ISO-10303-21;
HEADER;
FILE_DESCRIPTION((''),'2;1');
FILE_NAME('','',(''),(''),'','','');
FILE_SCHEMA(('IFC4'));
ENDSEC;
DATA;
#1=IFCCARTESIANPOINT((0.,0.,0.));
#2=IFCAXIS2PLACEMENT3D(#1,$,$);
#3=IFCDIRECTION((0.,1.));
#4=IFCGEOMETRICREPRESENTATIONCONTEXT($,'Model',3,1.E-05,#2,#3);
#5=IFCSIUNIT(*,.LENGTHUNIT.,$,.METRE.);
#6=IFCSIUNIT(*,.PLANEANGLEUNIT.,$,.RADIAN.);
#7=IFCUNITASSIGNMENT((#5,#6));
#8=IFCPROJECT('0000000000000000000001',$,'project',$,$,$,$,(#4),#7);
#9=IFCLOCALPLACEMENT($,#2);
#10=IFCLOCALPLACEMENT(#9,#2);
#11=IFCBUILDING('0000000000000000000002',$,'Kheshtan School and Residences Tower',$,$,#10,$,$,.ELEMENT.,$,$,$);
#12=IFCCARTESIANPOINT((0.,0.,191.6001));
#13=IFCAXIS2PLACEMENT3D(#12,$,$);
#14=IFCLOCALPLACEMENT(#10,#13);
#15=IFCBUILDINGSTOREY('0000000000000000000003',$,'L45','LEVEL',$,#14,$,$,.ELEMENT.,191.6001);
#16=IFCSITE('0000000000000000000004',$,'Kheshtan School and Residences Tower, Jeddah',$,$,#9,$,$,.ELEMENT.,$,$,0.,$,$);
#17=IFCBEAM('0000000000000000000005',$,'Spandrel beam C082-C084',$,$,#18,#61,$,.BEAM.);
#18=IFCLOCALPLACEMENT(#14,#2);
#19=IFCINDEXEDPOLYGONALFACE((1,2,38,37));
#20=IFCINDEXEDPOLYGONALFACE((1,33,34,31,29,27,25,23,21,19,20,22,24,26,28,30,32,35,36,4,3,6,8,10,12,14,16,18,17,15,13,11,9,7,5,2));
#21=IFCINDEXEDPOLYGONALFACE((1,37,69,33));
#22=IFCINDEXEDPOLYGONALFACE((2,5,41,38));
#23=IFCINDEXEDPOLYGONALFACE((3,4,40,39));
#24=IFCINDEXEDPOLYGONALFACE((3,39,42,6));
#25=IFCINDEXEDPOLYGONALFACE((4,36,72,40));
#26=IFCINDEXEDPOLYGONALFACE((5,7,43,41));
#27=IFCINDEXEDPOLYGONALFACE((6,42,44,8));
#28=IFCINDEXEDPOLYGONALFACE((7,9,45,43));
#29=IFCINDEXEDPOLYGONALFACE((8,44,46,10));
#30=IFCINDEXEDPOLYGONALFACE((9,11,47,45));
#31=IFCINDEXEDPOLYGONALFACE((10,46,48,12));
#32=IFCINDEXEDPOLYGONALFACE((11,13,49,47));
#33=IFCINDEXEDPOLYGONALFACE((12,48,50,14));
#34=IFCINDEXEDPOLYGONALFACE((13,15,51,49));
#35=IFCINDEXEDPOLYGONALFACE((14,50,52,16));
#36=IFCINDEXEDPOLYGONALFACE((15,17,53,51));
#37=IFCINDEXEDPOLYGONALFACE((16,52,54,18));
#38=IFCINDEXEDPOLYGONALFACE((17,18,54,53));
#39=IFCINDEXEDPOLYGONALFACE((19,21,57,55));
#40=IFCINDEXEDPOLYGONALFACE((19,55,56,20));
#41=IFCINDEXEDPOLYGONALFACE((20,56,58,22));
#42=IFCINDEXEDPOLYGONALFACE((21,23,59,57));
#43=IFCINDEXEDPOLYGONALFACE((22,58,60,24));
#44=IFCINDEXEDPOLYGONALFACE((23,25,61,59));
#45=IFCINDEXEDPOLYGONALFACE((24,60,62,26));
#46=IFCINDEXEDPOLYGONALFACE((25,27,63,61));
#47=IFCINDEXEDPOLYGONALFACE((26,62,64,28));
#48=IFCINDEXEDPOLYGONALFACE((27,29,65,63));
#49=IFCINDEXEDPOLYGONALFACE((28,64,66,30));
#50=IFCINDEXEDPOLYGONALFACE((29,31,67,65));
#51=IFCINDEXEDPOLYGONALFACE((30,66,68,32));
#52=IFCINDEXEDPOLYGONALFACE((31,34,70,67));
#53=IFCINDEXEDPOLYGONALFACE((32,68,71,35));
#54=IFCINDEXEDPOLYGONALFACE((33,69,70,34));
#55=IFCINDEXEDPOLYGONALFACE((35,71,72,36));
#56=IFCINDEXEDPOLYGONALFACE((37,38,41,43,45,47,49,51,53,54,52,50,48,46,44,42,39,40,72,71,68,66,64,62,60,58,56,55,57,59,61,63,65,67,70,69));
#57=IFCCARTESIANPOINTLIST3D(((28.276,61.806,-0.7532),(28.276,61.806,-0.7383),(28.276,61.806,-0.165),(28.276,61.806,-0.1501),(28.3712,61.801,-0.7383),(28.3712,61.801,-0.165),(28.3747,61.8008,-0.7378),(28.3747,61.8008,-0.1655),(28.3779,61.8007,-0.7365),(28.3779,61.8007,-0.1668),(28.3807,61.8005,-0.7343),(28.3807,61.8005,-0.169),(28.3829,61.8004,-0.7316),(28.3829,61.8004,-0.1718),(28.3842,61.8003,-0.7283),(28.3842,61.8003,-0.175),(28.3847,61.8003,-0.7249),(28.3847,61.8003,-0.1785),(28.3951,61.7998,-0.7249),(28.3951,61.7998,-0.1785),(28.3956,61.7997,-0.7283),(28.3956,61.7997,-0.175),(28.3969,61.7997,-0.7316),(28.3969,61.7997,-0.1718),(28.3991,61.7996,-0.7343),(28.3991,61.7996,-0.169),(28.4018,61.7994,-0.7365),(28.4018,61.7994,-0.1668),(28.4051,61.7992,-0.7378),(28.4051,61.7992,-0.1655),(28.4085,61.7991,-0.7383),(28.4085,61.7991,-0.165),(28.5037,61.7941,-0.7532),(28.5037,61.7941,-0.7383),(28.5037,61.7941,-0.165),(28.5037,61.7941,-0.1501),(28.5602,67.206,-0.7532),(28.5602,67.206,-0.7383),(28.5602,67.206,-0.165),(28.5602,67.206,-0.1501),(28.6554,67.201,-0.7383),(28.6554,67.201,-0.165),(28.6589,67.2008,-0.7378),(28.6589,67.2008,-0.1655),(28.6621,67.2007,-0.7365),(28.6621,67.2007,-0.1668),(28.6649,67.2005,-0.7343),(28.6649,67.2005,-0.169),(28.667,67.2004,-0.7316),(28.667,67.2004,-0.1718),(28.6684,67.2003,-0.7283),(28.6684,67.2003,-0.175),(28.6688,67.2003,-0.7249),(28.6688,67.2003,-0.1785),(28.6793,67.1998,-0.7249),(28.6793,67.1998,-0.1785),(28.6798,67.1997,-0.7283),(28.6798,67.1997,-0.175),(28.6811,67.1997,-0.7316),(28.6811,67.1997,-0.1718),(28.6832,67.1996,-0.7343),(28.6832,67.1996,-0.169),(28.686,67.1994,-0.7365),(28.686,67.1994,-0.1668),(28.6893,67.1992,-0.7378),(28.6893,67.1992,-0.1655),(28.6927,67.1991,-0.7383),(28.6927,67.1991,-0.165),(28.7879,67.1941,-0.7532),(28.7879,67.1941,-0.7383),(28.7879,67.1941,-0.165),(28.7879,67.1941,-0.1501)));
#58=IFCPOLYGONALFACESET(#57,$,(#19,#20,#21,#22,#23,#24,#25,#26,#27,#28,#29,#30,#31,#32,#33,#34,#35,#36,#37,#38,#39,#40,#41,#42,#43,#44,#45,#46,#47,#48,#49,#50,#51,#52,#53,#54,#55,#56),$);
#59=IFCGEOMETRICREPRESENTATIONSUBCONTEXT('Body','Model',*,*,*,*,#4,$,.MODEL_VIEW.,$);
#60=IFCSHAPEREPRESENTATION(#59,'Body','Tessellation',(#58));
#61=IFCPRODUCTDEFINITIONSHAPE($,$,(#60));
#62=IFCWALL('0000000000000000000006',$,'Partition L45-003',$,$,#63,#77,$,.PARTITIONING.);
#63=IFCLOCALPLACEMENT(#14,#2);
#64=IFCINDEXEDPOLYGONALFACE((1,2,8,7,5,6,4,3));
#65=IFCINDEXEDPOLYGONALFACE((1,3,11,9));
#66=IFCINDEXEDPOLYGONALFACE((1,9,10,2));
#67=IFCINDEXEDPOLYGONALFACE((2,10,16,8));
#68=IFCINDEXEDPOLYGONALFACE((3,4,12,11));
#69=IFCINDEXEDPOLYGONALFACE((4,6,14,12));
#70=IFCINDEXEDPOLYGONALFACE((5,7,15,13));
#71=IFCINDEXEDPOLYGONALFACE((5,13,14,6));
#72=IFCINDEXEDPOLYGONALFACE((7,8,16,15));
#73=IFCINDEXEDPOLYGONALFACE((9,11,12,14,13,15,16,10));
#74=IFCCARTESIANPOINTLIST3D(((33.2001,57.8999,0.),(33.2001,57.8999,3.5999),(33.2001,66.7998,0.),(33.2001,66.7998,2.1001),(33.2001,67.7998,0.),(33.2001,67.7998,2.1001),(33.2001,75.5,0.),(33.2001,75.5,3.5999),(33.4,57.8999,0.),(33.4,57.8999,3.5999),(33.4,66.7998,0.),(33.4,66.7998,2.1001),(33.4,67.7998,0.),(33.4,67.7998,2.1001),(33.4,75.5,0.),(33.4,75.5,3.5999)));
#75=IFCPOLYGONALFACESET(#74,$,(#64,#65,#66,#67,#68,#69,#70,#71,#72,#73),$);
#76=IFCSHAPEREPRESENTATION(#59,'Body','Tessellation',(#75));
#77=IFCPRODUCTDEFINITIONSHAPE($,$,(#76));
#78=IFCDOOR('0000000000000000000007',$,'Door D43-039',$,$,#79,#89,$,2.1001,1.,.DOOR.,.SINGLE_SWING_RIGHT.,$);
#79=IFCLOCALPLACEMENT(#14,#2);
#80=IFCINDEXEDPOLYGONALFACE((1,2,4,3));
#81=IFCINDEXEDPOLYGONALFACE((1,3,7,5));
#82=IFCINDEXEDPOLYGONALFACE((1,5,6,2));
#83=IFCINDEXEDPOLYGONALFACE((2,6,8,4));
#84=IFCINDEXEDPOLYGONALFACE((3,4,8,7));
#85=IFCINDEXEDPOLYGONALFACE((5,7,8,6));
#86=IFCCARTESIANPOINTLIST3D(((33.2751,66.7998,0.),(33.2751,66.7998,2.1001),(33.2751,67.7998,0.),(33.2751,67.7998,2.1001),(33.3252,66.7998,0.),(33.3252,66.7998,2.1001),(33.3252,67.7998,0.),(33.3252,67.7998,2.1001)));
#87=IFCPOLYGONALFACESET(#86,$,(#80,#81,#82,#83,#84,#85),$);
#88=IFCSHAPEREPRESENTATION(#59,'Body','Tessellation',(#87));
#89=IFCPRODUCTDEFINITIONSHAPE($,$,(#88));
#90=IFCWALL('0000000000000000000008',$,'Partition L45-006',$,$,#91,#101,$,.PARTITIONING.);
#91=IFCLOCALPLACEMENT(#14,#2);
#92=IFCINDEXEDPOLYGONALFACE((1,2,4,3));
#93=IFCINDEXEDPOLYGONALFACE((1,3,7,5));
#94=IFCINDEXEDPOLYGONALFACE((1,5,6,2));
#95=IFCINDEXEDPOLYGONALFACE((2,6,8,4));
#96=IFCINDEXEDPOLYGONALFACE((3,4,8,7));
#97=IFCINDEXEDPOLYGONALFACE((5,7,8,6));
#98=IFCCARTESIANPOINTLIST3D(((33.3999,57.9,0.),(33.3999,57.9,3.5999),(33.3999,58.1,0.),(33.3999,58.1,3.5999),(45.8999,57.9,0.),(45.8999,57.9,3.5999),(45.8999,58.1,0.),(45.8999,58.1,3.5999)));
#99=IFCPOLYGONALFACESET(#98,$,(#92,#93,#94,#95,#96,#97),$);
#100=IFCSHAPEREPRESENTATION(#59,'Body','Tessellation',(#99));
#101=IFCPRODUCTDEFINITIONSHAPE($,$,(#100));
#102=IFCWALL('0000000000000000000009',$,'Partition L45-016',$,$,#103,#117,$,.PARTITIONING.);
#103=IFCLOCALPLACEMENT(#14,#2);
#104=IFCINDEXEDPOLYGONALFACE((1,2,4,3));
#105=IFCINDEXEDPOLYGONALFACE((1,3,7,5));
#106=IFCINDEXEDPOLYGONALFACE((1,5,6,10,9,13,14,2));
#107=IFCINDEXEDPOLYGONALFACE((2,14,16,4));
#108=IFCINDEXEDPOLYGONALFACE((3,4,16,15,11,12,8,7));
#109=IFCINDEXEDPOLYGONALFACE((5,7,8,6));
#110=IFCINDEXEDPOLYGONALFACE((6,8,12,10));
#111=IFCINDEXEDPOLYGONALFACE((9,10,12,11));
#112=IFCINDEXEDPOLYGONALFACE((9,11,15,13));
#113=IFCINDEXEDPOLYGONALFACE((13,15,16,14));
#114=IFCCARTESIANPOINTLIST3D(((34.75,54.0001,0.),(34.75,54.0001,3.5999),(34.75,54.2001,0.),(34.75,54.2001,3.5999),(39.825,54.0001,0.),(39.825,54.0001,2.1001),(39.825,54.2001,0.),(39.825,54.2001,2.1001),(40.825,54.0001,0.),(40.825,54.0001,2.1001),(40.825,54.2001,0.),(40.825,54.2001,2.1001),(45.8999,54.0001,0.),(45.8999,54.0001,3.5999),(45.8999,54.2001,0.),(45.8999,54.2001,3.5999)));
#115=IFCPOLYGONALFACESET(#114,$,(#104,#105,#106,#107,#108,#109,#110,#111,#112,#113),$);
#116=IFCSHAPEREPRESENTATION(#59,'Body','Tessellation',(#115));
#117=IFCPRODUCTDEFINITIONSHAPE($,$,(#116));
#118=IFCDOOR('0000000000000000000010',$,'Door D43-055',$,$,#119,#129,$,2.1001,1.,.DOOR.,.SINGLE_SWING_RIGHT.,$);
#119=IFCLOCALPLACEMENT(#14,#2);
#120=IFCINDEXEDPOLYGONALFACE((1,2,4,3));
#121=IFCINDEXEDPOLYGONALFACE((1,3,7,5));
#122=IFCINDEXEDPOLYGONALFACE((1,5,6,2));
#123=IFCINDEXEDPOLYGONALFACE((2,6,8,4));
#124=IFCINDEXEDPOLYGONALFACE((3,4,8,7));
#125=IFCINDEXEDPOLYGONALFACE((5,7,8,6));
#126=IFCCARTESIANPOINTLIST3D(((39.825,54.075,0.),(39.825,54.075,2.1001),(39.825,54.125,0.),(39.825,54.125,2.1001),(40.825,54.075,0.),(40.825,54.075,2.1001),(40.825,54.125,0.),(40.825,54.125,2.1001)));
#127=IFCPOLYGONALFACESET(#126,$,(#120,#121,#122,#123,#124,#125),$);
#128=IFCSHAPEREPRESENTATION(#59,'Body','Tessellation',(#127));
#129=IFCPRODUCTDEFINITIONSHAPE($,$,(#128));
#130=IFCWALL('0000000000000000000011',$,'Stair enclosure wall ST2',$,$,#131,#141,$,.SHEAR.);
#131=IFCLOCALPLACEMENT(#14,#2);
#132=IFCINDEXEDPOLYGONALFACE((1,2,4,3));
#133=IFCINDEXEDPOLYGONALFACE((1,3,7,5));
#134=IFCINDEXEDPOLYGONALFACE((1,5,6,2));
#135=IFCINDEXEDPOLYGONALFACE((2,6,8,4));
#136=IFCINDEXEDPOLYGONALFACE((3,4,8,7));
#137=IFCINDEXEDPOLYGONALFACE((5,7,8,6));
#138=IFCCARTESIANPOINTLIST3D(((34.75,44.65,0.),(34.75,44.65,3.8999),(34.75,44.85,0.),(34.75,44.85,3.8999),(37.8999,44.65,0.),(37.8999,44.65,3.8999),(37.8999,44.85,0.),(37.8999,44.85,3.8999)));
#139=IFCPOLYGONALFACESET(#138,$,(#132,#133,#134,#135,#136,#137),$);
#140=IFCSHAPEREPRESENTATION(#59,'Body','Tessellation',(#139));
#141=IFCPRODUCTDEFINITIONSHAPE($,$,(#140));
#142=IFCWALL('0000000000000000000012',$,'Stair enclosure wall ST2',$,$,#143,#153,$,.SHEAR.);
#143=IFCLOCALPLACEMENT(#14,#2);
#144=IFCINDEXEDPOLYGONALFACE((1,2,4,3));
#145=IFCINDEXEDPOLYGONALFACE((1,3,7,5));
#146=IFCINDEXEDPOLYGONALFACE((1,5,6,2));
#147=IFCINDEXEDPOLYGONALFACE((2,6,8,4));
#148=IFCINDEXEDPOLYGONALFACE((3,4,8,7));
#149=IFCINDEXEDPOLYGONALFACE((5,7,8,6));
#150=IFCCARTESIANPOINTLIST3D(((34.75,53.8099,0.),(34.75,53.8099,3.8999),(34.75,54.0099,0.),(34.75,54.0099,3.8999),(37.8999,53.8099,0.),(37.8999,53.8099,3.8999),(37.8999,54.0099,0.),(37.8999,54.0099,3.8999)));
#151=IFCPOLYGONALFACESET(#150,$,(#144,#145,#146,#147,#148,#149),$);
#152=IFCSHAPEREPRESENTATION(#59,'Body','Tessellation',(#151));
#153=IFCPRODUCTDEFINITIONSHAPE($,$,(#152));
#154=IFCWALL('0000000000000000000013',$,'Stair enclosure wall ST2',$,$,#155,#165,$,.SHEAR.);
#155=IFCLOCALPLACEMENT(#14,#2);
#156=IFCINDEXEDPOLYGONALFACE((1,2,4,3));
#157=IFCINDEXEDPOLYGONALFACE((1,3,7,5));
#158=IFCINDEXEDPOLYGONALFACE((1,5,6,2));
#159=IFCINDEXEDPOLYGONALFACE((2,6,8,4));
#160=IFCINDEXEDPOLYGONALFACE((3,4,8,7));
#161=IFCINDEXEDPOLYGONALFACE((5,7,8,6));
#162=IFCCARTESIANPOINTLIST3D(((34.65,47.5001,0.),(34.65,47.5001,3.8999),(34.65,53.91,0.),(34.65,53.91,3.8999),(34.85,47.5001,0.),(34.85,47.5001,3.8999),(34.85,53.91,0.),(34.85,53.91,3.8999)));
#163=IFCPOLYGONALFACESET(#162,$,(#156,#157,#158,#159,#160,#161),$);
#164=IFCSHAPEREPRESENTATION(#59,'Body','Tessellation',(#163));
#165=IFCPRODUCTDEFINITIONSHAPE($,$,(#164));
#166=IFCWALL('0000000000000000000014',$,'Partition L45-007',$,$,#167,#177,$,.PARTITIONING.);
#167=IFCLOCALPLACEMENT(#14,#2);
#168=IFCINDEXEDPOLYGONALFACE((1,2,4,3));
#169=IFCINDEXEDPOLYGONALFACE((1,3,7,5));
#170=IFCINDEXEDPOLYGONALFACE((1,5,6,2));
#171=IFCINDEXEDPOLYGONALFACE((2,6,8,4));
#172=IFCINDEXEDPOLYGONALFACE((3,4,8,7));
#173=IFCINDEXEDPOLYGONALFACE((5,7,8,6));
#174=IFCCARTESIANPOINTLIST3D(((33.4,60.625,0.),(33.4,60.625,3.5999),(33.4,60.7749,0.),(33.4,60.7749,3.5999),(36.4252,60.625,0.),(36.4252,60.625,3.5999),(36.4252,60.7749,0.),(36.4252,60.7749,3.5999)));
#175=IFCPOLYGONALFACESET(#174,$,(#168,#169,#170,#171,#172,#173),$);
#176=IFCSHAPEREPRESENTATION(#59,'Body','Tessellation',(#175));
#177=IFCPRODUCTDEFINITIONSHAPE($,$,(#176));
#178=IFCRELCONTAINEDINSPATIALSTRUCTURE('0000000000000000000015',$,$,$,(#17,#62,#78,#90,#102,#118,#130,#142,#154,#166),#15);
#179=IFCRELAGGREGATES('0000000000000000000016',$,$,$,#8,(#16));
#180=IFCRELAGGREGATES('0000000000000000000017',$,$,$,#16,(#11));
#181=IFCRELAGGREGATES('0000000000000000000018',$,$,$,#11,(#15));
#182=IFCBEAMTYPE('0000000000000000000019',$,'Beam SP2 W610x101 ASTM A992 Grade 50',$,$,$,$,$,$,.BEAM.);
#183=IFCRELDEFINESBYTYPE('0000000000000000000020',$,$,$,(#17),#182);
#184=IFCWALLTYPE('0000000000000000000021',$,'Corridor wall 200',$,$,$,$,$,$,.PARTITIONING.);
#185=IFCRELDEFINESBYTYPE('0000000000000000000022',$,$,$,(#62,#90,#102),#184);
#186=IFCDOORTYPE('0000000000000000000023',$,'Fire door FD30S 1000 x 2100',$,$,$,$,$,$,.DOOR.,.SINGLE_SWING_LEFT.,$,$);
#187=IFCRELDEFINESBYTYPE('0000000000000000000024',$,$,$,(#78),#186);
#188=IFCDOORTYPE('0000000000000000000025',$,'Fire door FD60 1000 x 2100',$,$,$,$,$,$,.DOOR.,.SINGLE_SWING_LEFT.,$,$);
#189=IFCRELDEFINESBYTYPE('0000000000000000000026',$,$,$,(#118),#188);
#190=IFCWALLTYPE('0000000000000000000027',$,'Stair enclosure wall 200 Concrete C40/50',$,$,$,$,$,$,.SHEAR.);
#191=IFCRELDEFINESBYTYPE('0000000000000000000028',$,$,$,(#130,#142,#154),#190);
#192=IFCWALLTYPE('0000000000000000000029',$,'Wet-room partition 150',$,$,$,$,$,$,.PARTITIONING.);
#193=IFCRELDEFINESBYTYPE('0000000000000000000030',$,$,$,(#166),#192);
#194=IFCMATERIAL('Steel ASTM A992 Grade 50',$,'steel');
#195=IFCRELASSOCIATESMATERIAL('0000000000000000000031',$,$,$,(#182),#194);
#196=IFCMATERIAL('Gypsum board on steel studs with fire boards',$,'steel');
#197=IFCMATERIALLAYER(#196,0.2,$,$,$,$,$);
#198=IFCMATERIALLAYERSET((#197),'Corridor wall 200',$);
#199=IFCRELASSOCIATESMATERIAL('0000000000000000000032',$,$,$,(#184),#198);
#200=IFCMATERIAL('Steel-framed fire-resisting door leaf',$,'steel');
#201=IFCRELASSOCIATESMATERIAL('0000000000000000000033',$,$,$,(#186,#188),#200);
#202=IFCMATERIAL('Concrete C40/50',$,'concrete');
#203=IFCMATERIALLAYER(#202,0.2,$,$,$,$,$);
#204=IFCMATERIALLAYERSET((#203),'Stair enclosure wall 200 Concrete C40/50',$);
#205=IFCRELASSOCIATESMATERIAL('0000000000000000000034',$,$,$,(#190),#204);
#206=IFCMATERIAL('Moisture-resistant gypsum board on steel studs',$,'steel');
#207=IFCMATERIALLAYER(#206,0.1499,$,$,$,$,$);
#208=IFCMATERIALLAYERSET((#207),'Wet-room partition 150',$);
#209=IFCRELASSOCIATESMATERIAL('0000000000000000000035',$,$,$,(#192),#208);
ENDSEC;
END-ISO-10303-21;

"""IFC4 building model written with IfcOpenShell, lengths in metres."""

from ifc_helpers import new_model, si_unit, direction, frame, frame_2d, origin, origin_2d, place, context, subcontext, project, spatial, rectangle, i_section, extrude, source, transform, mapped, material, layer, layer_set, material_profile, profile_set, type_object, element, fill, save


model = new_model("IFC4")

# Units and contexts
model_context = context("Model", 3, precision=1e-05, world=origin(), true_north=direction((0.0, 1.0)))
body_context = subcontext(model_context, "Body", "Model", "MODEL_VIEW")
ifc_project = project(units=[si_unit("LENGTHUNIT", "METRE"), si_unit("PLANEANGLEUNIT", "RADIAN")], contexts=[model_context])

# Site, building, storey
site_placement = place(None, origin())
site = spatial("IfcSite", under=ifc_project, at=site_placement, Name="Kheshtan School and Residences Tower, Jeddah", CompositionType="ELEMENT", RefElevation=0.0)
building_placement = place(site_placement, origin())
building = spatial("IfcBuilding", under=site, at=building_placement, Name="Kheshtan School and Residences Tower", CompositionType="ELEMENT")
storey_placement = place(building_placement, frame((0.0, 0.0, 191.6001)))
storey = spatial("IfcBuildingStorey", under=building, at=storey_placement, Name="L45", Description="LEVEL", CompositionType="ELEMENT", Elevation=191.6001)

# Shared definitions
ifc_material_1 = material(Name="Steel ASTM A992 Grade 50", Category="steel")

# Beam
ifc_material_profile_1 = material_profile(ifc_material_1, i_section(OverallWidth=0.228, OverallDepth=0.603, WebThickness=0.0105, FlangeThickness=0.0149, FilletRadius=0.0134, at=origin_2d()), Name="W610x101")
ifc_profile_set_1 = profile_set([ifc_material_profile_1], Name="Steel ASTM A992 Grade 50")
beam_type_1 = type_object("IfcBeamType", Name="Beam SP2 W610x101 ASTM A992 Grade 50", PredefinedType="BEAM", material=ifc_profile_set_1)
beam_1_placement = place(storey_placement, frame((28.3899, 61.8, -0.4517), z_axis=(0.052554, 0.998618, 0.0), x_axis=(-0.998618, 0.052554, 0.0)))
element("IfcBeam", 1, at=beam_1_placement, inside=storey, type_object=beam_type_1, Name="Spandrel beam C082-C084", PredefinedType="BEAM", context=body_context, shape_type="SweptSolid", body=[
    extrude(i_section(OverallWidth=0.228, OverallDepth=0.603, WebThickness=0.0105, FlangeThickness=0.0149, FilletRadius=0.0134, at=origin_2d()), origin(), (0.0, 0.0, 1.0), 5.4075),
])

# Wall, opening, door
ifc_material_2 = material(Name="Gypsum board on steel studs with fire boards", Category="steel")
ifc_layer_1 = layer(ifc_material_2, 0.2)
ifc_layer_set_1 = layer_set([ifc_layer_1], Name="Corridor wall 200")
wall_type_1 = type_object("IfcWallType", Name="Corridor wall 200", PredefinedType="PARTITIONING", material=ifc_layer_set_1)
wall_1_placement = place(storey_placement, frame((33.3, 57.8999, 0.0), z_axis=(0.0, 0.0, 1.0), x_axis=(0.0, 1.0, 0.0)))
wall_1 = element("IfcWall", 2, at=wall_1_placement, inside=storey, type_object=wall_type_1, Name="Partition L45-003", PredefinedType="PARTITIONING", context=body_context, shape_type="SweptSolid", body=[
    extrude(rectangle(XDim=17.6001, YDim=0.2, at=frame_2d((8.8, 0.0))), origin(), (0.0, 0.0, 1.0), 3.5999),
])
opening_1_placement = place(wall_1_placement, frame((8.8999, 0.0, 0.0)))
opening_1 = element("IfcOpeningElement", 3, at=opening_1_placement, cuts=wall_1, PredefinedType="OPENING", context=body_context, shape_type="SweptSolid", body=[
    extrude(rectangle(XDim=1.0, YDim=2.1001, at=frame_2d((0.5, 1.05))), frame((0.0, 0.1099, 0.0), z_axis=(0.0, -1.0, 0.0), x_axis=(1.0, 0.0, 0.0)), (0.0, 0.0, 1.0), 0.22),
])
ifc_material_3 = material(Name="Steel-framed fire-resisting door leaf", Category="steel")
door_type_1 = type_object("IfcDoorType", Name="Fire door FD30S 1000 x 2100", OperationType="SINGLE_SWING_LEFT", PredefinedType="DOOR", material=ifc_material_3)
shared_shape_1 = source(origin(), body_context, "Body", "SweptSolid", [
    extrude(rectangle(XDim=1.0, YDim=2.1001, at=frame_2d((0.5, 1.05))), frame((0.0, 0.0249, 0.0), z_axis=(0.0, -1.0, 0.0), x_axis=(1.0, 0.0, 0.0)), (0.0, 0.0, 1.0), 0.05),
])
door_1_placement = place(opening_1_placement, origin())
door_1 = element("IfcDoor", 4, at=door_1_placement, inside=storey, type_object=door_type_1, Name="Door D43-039", OperationType="SINGLE_SWING_RIGHT", OverallHeight=2.1001, OverallWidth=1.0, PredefinedType="DOOR", context=body_context, shape_type="MappedRepresentation", body=[
    mapped(shared_shape_1, transform((0.0, 0.0, 0.0), x_axis=(1.0, 0.0, 0.0), y_axis=(0.0, 1.0, 0.0), z_axis=(0.0, 0.0, 1.0), scale=1.0)),
])
fill(opening_1, door_1)

# Wall
wall_2_placement = place(storey_placement, frame((33.3999, 58.0, 0.0), z_axis=(0.0, 0.0, 1.0), x_axis=(1.0, 0.0, 0.0)))
element("IfcWall", 5, at=wall_2_placement, inside=storey, type_object=wall_type_1, Name="Partition L45-006", PredefinedType="PARTITIONING", context=body_context, shape_type="SweptSolid", body=[
    extrude(rectangle(XDim=12.5, YDim=0.2, at=frame_2d((6.25, 0.0))), origin(), (0.0, 0.0, 1.0), 3.5999),
])

# Wall, opening, door
wall_3_placement = place(storey_placement, frame((34.75, 54.1001, 0.0), z_axis=(0.0, 0.0, 1.0), x_axis=(1.0, 0.0, 0.0)))
wall_3 = element("IfcWall", 6, at=wall_3_placement, inside=storey, type_object=wall_type_1, Name="Partition L45-016", PredefinedType="PARTITIONING", context=body_context, shape_type="SweptSolid", body=[
    extrude(rectangle(XDim=11.1499, YDim=0.2, at=frame_2d((5.575, 0.0))), origin(), (0.0, 0.0, 1.0), 3.5999),
])
opening_2_placement = place(wall_3_placement, frame((5.075, 0.0, 0.0)))
opening_2 = element("IfcOpeningElement", 7, at=opening_2_placement, cuts=wall_3, PredefinedType="OPENING", context=body_context, shape_type="SweptSolid", body=[
    extrude(rectangle(XDim=1.0, YDim=2.1001, at=frame_2d((0.5, 1.05))), frame((0.0, 0.1099, 0.0), z_axis=(0.0, -1.0, 0.0), x_axis=(1.0, 0.0, 0.0)), (0.0, 0.0, 1.0), 0.22),
])
door_type_2 = type_object("IfcDoorType", Name="Fire door FD60 1000 x 2100", OperationType="SINGLE_SWING_LEFT", PredefinedType="DOOR", material=ifc_material_3)
shared_shape_2 = source(origin(), body_context, "Body", "SweptSolid", [
    extrude(rectangle(XDim=1.0, YDim=2.1001, at=frame_2d((0.5, 1.05))), frame((0.0, 0.0249, 0.0), z_axis=(0.0, -1.0, 0.0), x_axis=(1.0, 0.0, 0.0)), (0.0, 0.0, 1.0), 0.05),
])
door_2_placement = place(opening_2_placement, origin())
door_2 = element("IfcDoor", 8, at=door_2_placement, inside=storey, type_object=door_type_2, Name="Door D43-055", OperationType="SINGLE_SWING_RIGHT", OverallHeight=2.1001, OverallWidth=1.0, PredefinedType="DOOR", context=body_context, shape_type="MappedRepresentation", body=[
    mapped(shared_shape_2, transform((0.0, 0.0, 0.0), x_axis=(1.0, 0.0, 0.0), y_axis=(0.0, 1.0, 0.0), z_axis=(0.0, 0.0, 1.0), scale=1.0)),
])
fill(opening_2, door_2)

# Walls
ifc_material_4 = material(Name="Concrete C40/50", Category="concrete")
ifc_layer_2 = layer(ifc_material_4, 0.2)
ifc_layer_set_2 = layer_set([ifc_layer_2], Name="Stair enclosure wall 200 Concrete C40/50")
wall_type_2 = type_object("IfcWallType", Name="Stair enclosure wall 200 Concrete C40/50", PredefinedType="SHEAR", material=ifc_layer_set_2)
for number, where, z_axis, x_axis, name in (
    (9, (34.75, 44.75, 0.0), (0.0, 0.0, 1.0), (1.0, 0.0, 0.0), "Stair enclosure wall ST2"),
    (10, (34.75, 53.9099, 0.0), (0.0, 0.0, 1.0), (1.0, 0.0, 0.0), "Stair enclosure wall ST2"),
):
    element("IfcWall", number, at=place(storey_placement, frame(where, z_axis=z_axis, x_axis=x_axis)), inside=storey, type_object=wall_type_2, Name=name, PredefinedType="SHEAR", context=body_context, shape_type="SweptSolid", body=[
        extrude(rectangle(XDim=3.1499, YDim=0.2, at=frame_2d((1.575, 0.0))), origin(), (0.0, 0.0, 1.0), 3.8999),
    ])
wall_4_placement = place(storey_placement, frame((34.75, 47.5, 0.0), z_axis=(0.0, 0.0, 1.0), x_axis=(0.0, 1.0, 0.0)))
element("IfcWall", 11, at=wall_4_placement, inside=storey, type_object=wall_type_2, Name="Stair enclosure wall ST2", PredefinedType="SHEAR", context=body_context, shape_type="SweptSolid", body=[
    extrude(rectangle(XDim=6.4099, YDim=0.2, at=frame_2d((3.2051, 0.0))), origin(), (0.0, 0.0, 1.0), 3.8999),
])
ifc_material_5 = material(Name="Moisture-resistant gypsum board on steel studs", Category="steel")
ifc_layer_3 = layer(ifc_material_5, 0.1499)
ifc_layer_set_3 = layer_set([ifc_layer_3], Name="Wet-room partition 150")
wall_type_3 = type_object("IfcWallType", Name="Wet-room partition 150", PredefinedType="PARTITIONING", material=ifc_layer_set_3)
wall_5_placement = place(storey_placement, frame((33.3999, 60.7, 0.0), z_axis=(0.0, 0.0, 1.0), x_axis=(1.0, 0.0, 0.0)))
element("IfcWall", 12, at=wall_5_placement, inside=storey, type_object=wall_type_3, Name="Partition L45-007", PredefinedType="PARTITIONING", context=body_context, shape_type="SweptSolid", body=[
    extrude(rectangle(XDim=3.0251, YDim=0.1499, at=frame_2d((1.5127, 0.0))), origin(), (0.0, 0.0, 1.0), 3.5999),
])

save(model, "model.ifc")
